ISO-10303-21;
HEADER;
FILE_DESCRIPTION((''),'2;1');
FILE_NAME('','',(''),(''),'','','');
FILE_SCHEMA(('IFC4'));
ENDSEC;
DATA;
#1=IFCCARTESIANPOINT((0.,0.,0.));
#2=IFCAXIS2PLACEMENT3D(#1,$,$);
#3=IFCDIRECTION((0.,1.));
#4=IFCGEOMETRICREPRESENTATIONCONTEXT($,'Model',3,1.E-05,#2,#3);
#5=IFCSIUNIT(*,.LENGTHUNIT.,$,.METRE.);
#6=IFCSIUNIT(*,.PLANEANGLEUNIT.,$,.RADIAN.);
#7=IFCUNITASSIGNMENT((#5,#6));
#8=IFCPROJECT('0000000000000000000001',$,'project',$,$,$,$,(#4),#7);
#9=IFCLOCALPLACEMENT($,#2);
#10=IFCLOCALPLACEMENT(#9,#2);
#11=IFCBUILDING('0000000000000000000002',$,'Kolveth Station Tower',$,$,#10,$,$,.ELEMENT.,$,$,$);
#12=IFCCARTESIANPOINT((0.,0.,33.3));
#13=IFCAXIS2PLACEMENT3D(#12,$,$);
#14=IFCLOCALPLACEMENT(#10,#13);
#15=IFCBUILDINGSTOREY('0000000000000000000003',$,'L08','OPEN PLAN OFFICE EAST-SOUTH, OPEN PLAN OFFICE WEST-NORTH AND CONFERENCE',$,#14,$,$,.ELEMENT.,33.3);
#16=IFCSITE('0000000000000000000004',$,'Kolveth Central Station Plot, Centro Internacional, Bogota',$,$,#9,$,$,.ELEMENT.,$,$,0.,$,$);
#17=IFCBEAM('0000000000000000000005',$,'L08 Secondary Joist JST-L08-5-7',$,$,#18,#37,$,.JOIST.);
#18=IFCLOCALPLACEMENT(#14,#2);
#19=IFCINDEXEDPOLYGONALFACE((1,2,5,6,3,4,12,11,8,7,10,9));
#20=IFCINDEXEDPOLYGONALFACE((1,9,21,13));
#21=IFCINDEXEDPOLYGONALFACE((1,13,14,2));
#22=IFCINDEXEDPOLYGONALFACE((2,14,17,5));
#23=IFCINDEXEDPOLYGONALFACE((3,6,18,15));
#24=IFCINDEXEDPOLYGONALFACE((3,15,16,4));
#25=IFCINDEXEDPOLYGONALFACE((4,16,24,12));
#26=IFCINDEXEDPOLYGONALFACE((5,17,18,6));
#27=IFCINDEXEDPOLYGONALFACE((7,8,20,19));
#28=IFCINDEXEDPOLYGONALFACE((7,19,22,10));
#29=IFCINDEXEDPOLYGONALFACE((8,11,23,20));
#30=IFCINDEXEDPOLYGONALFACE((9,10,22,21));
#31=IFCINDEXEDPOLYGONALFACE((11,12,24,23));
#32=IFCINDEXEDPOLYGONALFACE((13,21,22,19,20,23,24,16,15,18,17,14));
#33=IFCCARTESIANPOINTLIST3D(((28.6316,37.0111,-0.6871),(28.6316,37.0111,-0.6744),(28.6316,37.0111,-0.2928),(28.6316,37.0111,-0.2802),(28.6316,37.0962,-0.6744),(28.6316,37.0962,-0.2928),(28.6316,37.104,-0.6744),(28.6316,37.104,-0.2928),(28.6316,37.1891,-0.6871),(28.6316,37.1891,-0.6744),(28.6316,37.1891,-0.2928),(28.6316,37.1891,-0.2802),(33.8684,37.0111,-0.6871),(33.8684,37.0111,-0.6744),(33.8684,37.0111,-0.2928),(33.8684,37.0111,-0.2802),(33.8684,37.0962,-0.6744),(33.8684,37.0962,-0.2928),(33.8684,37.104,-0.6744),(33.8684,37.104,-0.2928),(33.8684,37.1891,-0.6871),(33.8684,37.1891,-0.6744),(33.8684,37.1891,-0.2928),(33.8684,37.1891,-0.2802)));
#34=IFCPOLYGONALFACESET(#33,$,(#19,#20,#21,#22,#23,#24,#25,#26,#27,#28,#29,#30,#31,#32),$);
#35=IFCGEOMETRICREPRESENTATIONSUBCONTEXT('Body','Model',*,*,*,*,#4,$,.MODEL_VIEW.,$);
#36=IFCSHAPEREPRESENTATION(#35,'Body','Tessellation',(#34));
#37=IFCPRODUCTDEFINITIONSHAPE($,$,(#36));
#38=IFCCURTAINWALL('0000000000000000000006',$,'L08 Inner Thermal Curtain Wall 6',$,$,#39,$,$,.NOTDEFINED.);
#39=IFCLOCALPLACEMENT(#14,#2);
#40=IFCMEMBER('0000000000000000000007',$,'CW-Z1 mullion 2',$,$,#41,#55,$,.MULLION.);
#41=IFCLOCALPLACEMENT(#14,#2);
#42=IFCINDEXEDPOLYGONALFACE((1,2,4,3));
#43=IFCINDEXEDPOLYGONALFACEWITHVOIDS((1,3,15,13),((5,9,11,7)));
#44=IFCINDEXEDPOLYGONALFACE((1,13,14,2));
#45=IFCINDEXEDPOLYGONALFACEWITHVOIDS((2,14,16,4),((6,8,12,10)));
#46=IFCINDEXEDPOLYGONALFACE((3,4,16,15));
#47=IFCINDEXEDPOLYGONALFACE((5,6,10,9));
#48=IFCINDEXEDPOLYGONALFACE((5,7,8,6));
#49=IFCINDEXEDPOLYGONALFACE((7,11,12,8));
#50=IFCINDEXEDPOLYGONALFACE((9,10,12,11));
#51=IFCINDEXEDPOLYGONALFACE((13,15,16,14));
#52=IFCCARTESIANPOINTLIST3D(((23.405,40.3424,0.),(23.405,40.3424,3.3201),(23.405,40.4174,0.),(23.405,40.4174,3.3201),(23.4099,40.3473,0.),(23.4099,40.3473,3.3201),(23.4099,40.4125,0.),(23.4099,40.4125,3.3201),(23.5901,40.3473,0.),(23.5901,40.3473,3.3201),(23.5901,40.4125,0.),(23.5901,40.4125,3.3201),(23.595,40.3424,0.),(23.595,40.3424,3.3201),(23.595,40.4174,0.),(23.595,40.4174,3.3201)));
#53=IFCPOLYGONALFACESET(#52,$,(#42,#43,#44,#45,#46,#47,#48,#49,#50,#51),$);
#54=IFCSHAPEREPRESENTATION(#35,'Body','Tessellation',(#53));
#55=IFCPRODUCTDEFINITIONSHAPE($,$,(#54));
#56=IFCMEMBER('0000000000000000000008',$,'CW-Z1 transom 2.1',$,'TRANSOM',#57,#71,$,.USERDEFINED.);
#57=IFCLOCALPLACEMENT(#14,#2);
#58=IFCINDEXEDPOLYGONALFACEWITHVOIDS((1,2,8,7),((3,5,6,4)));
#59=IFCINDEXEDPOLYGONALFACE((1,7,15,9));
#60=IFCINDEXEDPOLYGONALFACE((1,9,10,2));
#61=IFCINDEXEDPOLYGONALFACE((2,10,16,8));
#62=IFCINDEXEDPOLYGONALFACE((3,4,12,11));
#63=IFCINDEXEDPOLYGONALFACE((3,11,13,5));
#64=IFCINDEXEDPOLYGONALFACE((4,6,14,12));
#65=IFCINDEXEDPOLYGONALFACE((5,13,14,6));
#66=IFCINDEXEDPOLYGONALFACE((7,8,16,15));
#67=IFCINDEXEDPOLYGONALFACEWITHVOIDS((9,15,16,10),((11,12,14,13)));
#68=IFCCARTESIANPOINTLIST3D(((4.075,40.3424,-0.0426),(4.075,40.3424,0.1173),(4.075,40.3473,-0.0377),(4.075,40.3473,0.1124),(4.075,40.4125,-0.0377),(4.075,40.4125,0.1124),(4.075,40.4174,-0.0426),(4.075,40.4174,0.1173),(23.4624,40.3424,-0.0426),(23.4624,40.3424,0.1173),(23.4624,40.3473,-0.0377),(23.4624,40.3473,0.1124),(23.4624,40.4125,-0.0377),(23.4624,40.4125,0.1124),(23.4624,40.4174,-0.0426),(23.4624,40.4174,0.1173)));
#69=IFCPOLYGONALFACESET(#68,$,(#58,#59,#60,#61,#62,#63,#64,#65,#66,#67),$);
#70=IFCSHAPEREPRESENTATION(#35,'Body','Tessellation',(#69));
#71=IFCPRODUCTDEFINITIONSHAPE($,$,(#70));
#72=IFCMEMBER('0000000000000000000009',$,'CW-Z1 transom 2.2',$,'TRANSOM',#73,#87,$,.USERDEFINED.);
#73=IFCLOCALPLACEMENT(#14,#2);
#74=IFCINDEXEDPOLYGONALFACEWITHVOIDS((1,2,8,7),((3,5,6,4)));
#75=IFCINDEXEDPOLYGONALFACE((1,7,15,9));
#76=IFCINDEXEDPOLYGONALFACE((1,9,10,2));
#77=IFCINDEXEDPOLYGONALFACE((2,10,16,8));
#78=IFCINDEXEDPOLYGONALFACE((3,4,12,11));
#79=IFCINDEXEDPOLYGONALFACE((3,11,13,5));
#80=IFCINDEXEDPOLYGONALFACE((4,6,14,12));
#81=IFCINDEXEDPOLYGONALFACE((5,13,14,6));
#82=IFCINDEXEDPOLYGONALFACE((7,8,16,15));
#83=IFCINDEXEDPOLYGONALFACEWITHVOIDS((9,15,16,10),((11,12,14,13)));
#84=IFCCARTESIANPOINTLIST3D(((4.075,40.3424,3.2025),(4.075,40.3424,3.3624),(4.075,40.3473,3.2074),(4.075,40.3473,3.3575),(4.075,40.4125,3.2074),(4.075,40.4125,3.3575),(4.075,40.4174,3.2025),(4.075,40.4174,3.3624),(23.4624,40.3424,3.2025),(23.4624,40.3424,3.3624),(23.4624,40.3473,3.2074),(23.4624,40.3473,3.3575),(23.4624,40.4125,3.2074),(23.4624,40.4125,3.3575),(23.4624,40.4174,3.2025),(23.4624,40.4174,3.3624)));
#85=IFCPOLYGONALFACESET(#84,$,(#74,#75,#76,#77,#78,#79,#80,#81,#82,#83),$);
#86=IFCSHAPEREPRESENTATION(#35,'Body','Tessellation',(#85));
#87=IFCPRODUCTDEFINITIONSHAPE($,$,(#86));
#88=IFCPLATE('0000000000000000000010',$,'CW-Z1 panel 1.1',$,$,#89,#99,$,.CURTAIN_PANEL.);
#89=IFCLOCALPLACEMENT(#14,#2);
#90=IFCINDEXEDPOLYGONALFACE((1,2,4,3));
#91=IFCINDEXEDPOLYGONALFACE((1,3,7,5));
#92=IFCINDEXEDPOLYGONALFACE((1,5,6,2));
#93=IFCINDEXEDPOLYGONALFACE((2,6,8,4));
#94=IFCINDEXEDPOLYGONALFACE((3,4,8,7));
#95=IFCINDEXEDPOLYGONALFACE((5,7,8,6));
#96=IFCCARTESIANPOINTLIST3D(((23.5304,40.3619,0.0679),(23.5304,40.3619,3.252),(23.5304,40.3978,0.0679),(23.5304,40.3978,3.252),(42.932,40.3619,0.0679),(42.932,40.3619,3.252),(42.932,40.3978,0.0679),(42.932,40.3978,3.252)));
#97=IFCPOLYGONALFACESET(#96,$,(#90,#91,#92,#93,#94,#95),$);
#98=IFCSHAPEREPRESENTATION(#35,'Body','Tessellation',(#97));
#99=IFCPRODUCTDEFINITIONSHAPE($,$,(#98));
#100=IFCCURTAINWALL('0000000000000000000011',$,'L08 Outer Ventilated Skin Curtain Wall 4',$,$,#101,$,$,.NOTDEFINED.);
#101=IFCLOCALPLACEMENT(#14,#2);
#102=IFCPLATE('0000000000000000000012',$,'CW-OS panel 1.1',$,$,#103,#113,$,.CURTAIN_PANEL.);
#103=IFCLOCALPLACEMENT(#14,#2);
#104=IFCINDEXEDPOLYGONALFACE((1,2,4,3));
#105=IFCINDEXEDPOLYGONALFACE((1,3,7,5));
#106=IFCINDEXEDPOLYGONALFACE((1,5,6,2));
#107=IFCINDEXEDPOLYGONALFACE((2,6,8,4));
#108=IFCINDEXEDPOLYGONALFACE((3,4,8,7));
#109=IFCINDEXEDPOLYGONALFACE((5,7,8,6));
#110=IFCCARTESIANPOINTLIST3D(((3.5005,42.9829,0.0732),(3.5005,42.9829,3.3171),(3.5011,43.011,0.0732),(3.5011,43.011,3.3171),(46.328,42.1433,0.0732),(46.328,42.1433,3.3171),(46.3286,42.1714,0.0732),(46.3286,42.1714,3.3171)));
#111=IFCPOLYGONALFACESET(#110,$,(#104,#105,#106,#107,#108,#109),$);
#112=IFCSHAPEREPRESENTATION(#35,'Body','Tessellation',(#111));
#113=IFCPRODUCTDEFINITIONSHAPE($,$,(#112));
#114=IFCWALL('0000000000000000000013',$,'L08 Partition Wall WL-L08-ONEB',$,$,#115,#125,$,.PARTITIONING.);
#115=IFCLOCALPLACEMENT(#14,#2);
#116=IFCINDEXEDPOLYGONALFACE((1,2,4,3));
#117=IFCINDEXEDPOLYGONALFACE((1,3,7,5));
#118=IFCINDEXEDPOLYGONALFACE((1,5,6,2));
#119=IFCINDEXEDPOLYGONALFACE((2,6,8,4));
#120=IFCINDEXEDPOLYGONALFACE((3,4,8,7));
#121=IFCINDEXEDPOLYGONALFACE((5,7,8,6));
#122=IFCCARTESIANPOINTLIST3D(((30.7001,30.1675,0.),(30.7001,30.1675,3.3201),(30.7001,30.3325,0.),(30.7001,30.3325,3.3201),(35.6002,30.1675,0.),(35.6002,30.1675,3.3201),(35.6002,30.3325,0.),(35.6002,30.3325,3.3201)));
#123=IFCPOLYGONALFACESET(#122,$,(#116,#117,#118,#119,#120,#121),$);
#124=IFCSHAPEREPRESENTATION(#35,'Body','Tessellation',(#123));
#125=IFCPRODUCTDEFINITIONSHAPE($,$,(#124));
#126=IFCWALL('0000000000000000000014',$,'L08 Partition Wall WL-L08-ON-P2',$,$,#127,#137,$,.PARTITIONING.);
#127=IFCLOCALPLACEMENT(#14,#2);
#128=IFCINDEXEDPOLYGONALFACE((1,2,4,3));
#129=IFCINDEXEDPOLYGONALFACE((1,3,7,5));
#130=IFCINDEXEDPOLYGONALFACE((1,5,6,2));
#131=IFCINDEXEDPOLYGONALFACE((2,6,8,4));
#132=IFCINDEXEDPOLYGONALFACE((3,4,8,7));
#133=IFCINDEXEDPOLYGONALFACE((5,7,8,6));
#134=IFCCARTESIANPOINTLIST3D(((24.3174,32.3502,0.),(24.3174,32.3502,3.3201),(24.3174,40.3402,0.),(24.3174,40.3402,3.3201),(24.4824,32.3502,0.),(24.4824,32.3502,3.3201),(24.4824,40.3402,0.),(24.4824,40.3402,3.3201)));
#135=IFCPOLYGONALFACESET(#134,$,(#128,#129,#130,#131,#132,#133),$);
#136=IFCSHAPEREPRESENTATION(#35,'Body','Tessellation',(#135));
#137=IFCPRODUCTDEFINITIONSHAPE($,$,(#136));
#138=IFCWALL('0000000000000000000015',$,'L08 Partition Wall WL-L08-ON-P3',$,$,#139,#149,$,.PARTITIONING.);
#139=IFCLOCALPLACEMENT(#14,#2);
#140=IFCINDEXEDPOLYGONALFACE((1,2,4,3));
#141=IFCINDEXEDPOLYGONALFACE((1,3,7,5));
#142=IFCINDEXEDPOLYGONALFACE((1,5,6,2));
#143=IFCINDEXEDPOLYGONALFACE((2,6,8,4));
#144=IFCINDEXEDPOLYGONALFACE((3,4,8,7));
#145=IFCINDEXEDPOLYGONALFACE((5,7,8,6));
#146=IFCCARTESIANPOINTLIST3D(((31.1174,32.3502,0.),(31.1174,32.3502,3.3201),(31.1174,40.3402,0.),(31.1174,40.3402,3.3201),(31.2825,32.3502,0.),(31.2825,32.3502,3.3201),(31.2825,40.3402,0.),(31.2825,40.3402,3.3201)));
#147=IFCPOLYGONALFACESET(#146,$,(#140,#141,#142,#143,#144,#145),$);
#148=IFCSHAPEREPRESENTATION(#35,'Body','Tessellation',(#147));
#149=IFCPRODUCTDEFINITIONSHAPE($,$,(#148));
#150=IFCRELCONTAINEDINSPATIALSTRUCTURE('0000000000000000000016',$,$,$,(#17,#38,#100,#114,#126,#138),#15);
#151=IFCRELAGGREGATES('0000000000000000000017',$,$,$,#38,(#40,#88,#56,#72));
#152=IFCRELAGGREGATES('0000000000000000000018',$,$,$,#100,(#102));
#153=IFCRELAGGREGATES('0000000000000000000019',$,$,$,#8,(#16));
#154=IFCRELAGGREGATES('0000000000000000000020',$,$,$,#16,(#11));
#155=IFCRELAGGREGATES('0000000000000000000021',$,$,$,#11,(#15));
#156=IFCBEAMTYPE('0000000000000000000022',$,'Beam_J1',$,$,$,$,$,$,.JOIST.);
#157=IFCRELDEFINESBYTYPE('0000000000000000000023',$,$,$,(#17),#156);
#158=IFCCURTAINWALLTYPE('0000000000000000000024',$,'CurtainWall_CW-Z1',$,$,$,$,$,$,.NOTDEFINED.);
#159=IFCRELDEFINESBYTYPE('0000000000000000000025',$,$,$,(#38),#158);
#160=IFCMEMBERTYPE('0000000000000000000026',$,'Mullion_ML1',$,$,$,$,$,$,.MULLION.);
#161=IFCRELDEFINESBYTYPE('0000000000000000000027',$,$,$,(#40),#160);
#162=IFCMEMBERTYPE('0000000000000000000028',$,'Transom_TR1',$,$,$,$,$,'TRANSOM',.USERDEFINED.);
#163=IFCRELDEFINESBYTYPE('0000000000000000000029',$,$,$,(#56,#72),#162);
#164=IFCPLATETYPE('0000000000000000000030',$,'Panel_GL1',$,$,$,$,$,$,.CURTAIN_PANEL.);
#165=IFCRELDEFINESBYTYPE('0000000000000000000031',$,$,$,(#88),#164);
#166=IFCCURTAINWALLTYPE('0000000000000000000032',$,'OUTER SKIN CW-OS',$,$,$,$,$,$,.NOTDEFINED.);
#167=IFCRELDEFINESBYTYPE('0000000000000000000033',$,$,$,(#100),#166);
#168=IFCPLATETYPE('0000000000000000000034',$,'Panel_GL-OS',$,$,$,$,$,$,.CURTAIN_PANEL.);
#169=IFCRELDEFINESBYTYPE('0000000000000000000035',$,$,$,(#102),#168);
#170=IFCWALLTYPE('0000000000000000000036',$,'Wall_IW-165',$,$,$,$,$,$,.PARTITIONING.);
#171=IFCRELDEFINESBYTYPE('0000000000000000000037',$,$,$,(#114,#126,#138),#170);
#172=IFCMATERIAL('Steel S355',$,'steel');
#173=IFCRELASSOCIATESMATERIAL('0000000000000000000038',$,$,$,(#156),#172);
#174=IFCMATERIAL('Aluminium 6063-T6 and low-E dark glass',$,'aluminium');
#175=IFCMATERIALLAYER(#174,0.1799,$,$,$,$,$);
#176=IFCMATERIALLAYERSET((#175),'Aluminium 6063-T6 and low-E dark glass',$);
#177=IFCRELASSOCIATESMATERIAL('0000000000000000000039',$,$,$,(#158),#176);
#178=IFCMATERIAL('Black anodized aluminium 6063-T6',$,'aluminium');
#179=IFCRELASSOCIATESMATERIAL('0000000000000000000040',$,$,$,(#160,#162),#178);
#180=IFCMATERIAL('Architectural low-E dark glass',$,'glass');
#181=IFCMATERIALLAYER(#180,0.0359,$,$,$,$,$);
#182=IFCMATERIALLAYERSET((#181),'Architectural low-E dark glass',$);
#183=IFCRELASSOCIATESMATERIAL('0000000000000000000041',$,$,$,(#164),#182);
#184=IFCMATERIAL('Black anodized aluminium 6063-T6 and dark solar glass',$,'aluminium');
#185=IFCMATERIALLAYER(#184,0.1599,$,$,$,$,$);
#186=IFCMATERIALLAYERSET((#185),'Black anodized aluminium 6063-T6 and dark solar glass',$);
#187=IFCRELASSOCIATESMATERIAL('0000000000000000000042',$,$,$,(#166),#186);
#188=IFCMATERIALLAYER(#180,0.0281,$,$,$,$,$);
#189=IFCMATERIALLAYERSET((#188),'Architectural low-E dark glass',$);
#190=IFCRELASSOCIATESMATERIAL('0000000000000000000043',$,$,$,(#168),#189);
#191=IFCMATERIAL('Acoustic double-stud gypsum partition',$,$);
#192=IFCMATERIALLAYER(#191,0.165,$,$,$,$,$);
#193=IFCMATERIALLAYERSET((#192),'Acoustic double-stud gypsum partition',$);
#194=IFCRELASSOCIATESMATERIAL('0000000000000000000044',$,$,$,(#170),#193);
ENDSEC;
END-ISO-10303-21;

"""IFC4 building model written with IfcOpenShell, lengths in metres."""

from ifc_helpers import new_model, si_unit, direction, frame, frame_2d, origin, origin_2d, place, context, subcontext, project, spatial, rectangle, hollow_rectangle, i_section, extrude, source, transform, mapped, material, layer, layer_set, material_profile, profile_set, type_object, element, aggregate, save


model = new_model("IFC4")

# Units and contexts
model_context = context("Model", 3, precision=1e-05, world=origin(), true_north=direction((0.0, 1.0)))
body_context = subcontext(model_context, "Body", "Model", "MODEL_VIEW")
ifc_project = project(units=[si_unit("LENGTHUNIT", "METRE"), si_unit("PLANEANGLEUNIT", "RADIAN")], contexts=[model_context])

# Site, building, storey
site_placement = place(None, origin())
site = spatial("IfcSite", under=ifc_project, at=site_placement, Name="Kolveth Central Station Plot, Centro Internacional, Bogota", CompositionType="ELEMENT", RefElevation=0.0)
building_placement = place(site_placement, origin())
building = spatial("IfcBuilding", under=site, at=building_placement, Name="Kolveth Station Tower", CompositionType="ELEMENT")
storey_placement = place(building_placement, frame((0.0, 0.0, 33.3)))
storey = spatial("IfcBuildingStorey", under=building, at=storey_placement, Name="L08", Description="OPEN PLAN OFFICE EAST-SOUTH, OPEN PLAN OFFICE WEST-NORTH AND CONFERENCE", CompositionType="ELEMENT", Elevation=33.3)

# Shared definitions
ifc_material_1 = material(Name="Steel S355", Category="steel")

# Beam
ifc_material_profile_1 = material_profile(ifc_material_1, i_section(OverallWidth=0.178, OverallDepth=0.407, WebThickness=0.0078, FlangeThickness=0.0127, at=origin_2d()), Name="W410x60")
ifc_profile_set_1 = profile_set([ifc_material_profile_1], Name="Steel S355")
beam_type_1 = type_object("IfcBeamType", Name="Beam_J1", PredefinedType="JOIST", material=ifc_profile_set_1)
shared_shape_1 = source(origin(), body_context, "Body", "SweptSolid", [
    extrude(i_section(OverallWidth=0.178, OverallDepth=0.407, WebThickness=0.0078, FlangeThickness=0.0127, at=origin_2d()), origin(), (0.0, 0.0, 1.0), 5.2368),
])
for number, where, z_axis, x_axis, name in (
    (1, (28.6316, 37.1001, -0.4836), (1.0, 0.0, 0.0), (0.0, 1.0, 0.0), "L08 Secondary Joist JST-L08-5-7"),
):
    element("IfcBeam", number, at=place(storey_placement, frame(where, z_axis=z_axis, x_axis=x_axis)), inside=storey, type_object=beam_type_1, Name=name, PredefinedType="JOIST", context=body_context, shape_type="MappedRepresentation", body=[
        mapped(shared_shape_1, transform((0.0, 0.0, 0.0), x_axis=(1.0, 0.0, 0.0), y_axis=(0.0, 1.0, 0.0), z_axis=(0.0, 0.0, 1.0), scale=1.0)),
    ])

# Curtain wall, members, plate
ifc_material_2 = material(Name="Aluminium 6063-T6 and low-E dark glass", Category="aluminium")
ifc_layer_1 = layer(ifc_material_2, 0.1799)
ifc_layer_set_1 = layer_set([ifc_layer_1], Name="Aluminium 6063-T6 and low-E dark glass")
curtain_wall_type_1 = type_object("IfcCurtainWallType", Name="CurtainWall_CW-Z1", PredefinedType="NOTDEFINED", material=ifc_layer_set_1)
curtain_wall_1_placement = place(storey_placement, origin())
curtain_wall_1 = element("IfcCurtainWall", 2, at=curtain_wall_1_placement, inside=storey, type_object=curtain_wall_type_1, Name="L08 Inner Thermal Curtain Wall 6", PredefinedType="NOTDEFINED")
ifc_material_3 = material(Name="Black anodized aluminium 6063-T6", Category="aluminium")
ifc_material_profile_2 = material_profile(ifc_material_3, hollow_rectangle(XDim=0.075, YDim=0.1899, WallThickness=0.0049, at=origin_2d()), Name="ALU-75x190x5")
ifc_profile_set_2 = profile_set([ifc_material_profile_2], Name="Black anodized aluminium 6063-T6")
member_type_1 = type_object("IfcMemberType", Name="Mullion_ML1", PredefinedType="MULLION", material=ifc_profile_set_2)
shared_shape_2 = source(origin(), body_context, "Body", "SweptSolid", [
    extrude(hollow_rectangle(XDim=0.075, YDim=0.1899, WallThickness=0.0049, at=origin_2d()), origin(), (0.0, 0.0, 1.0), 3.3201),
])
member_1_placement = place(storey_placement, frame((23.5, 40.3799, 0.0), z_axis=(0.0, 0.0, 1.0), x_axis=(0.0, -1.0, 0.0)))
member_1 = element("IfcMember", 3, at=member_1_placement, type_object=member_type_1, Name="CW-Z1 mullion 2", PredefinedType="MULLION", context=body_context, shape_type="MappedRepresentation", body=[
    mapped(shared_shape_2, transform((0.0, 0.0, 0.0), x_axis=(1.0, 0.0, 0.0), y_axis=(0.0, 1.0, 0.0), z_axis=(0.0, 0.0, 1.0), scale=1.0)),
])
ifc_material_profile_3 = material_profile(ifc_material_3, hollow_rectangle(XDim=0.075, YDim=0.1599, WallThickness=0.0049, at=origin_2d()), Name="ALU-75x160x5")
ifc_profile_set_3 = profile_set([ifc_material_profile_3], Name="Black anodized aluminium 6063-T6")
member_type_2 = type_object("IfcMemberType", Name="Transom_TR1", ElementType="TRANSOM", PredefinedType="USERDEFINED", material=ifc_profile_set_3)
shared_shape_3 = source(origin(), body_context, "Body", "SweptSolid", [
    extrude(hollow_rectangle(XDim=0.075, YDim=0.1599, WallThickness=0.0049, at=origin_2d()), origin(), (0.0, 0.0, 1.0), 19.3875),
])
member_2_placement = place(storey_placement, frame((23.4624, 40.3799, 0.0374), z_axis=(-1.0, 0.0, 0.0), x_axis=(0.0, -1.0, 0.0)))
member_2 = element("IfcMember", 4, at=member_2_placement, type_object=member_type_2, Name="CW-Z1 transom 2.1", ObjectType="TRANSOM", PredefinedType="USERDEFINED", context=body_context, shape_type="MappedRepresentation", body=[
    mapped(shared_shape_3, transform((0.0, 0.0, 0.0), x_axis=(1.0, 0.0, 0.0), y_axis=(0.0, 1.0, 0.0), z_axis=(0.0, 0.0, 1.0), scale=1.0)),
])
member_3_placement = place(storey_placement, frame((23.4624, 40.3799, 3.2825), z_axis=(-1.0, 0.0, 0.0), x_axis=(0.0, -1.0, 0.0)))
member_3 = element("IfcMember", 5, at=member_3_placement, type_object=member_type_2, Name="CW-Z1 transom 2.2", ObjectType="TRANSOM", PredefinedType="USERDEFINED", context=body_context, shape_type="MappedRepresentation", body=[
    mapped(shared_shape_3, transform((0.0, 0.0, 0.0), x_axis=(1.0, 0.0, 0.0), y_axis=(0.0, 1.0, 0.0), z_axis=(0.0, 0.0, 1.0), scale=1.0)),
])
ifc_material_4 = material(Name="Architectural low-E dark glass", Category="glass")
ifc_layer_2 = layer(ifc_material_4, 0.0359)
ifc_layer_set_2 = layer_set([ifc_layer_2], Name="Architectural low-E dark glass")
plate_type_1 = type_object("IfcPlateType", Name="Panel_GL1", PredefinedType="CURTAIN_PANEL", material=ifc_layer_set_2)
shared_shape_4 = source(origin(), body_context, "Body", "SweptSolid", [
    extrude(rectangle(XDim=19.4016, YDim=0.0359, at=origin_2d()), origin(), (0.0, 0.0, 1.0), 3.1841),
])
plate_1_placement = place(storey_placement, frame((33.2312, 40.3799, 0.0679), z_axis=(0.0, 0.0, 1.0), x_axis=(-1.0, 0.0, 0.0)))
plate_1 = element("IfcPlate", 6, at=plate_1_placement, type_object=plate_type_1, Name="CW-Z1 panel 1.1", PredefinedType="CURTAIN_PANEL", context=body_context, shape_type="MappedRepresentation", body=[
    mapped(shared_shape_4, transform((0.0, 0.0, 0.0), x_axis=(1.0, 0.0, 0.0), y_axis=(0.0, 1.0, 0.0), z_axis=(0.0, 0.0, 1.0), scale=1.0)),
])
aggregate(curtain_wall_1, [member_1, plate_1, member_2, member_3])

# Curtain wall, plate
ifc_material_5 = material(Name="Black anodized aluminium 6063-T6 and dark solar glass", Category="aluminium")
ifc_layer_3 = layer(ifc_material_5, 0.1599)
ifc_layer_set_3 = layer_set([ifc_layer_3], Name="Black anodized aluminium 6063-T6 and dark solar glass")
curtain_wall_type_2 = type_object("IfcCurtainWallType", Name="OUTER SKIN CW-OS", PredefinedType="NOTDEFINED", material=ifc_layer_set_3)
curtain_wall_2_placement = place(storey_placement, origin())
curtain_wall_2 = element("IfcCurtainWall", 7, at=curtain_wall_2_placement, inside=storey, type_object=curtain_wall_type_2, Name="L08 Outer Ventilated Skin Curtain Wall 4", PredefinedType="NOTDEFINED")
ifc_layer_4 = layer(ifc_material_4, 0.0281)
ifc_layer_set_4 = layer_set([ifc_layer_4], Name="Architectural low-E dark glass")
plate_type_2 = type_object("IfcPlateType", Name="Panel_GL-OS", PredefinedType="CURTAIN_PANEL", material=ifc_layer_set_4)
shared_shape_5 = source(origin(), body_context, "Body", "SweptSolid", [
    extrude(rectangle(XDim=42.8357, YDim=0.0281, at=origin_2d()), origin(), (0.0, 0.0, 1.0), 3.2439),
])
plate_2_placement = place(storey_placement, frame((24.9146, 42.5771, 0.0732), z_axis=(0.0, 0.0, 1.0), x_axis=(-0.999808, 0.019602, 0.0)))
plate_2 = element("IfcPlate", 8, at=plate_2_placement, type_object=plate_type_2, Name="CW-OS panel 1.1", PredefinedType="CURTAIN_PANEL", context=body_context, shape_type="MappedRepresentation", body=[
    mapped(shared_shape_5, transform((0.0, 0.0, 0.0), x_axis=(1.0, 0.0, 0.0), y_axis=(0.0, 1.0, 0.0), z_axis=(0.0, 0.0, 1.0), scale=1.0)),
])
aggregate(curtain_wall_2, [plate_2])

# Walls
ifc_material_6 = material(Name="Acoustic double-stud gypsum partition")
ifc_layer_5 = layer(ifc_material_6, 0.165)
ifc_layer_set_5 = layer_set([ifc_layer_5], Name="Acoustic double-stud gypsum partition")
wall_type = type_object("IfcWallType", Name="Wall_IW-165", PredefinedType="PARTITIONING", material=ifc_layer_set_5)
wall_placement = place(storey_placement, frame((30.7, 30.25, 0.0), z_axis=(0.0, 0.0, 1.0), x_axis=(1.0, 0.0, 0.0)))
element("IfcWall", 9, at=wall_placement, inside=storey, type_object=wall_type, Name="L08 Partition Wall WL-L08-ONEB", PredefinedType="PARTITIONING", context=body_context, shape_type="SweptSolid", body=[
    extrude(rectangle(XDim=4.9001, YDim=0.165, at=frame_2d((2.4502, 0.0))), origin(), (0.0, 0.0, 1.0), 3.3201),
])
for number, where, z_axis, x_axis, name in (
    (10, (24.3999, 32.3501, 0.0), (0.0, 0.0, 1.0), (0.0, 1.0, 0.0), "L08 Partition Wall WL-L08-ON-P2"),
    (11, (31.2, 32.3501, 0.0), (0.0, 0.0, 1.0), (0.0, 1.0, 0.0), "L08 Partition Wall WL-L08-ON-P3"),
):
    element("IfcWall", number, at=place(storey_placement, frame(where, z_axis=z_axis, x_axis=x_axis)), inside=storey, type_object=wall_type, Name=name, PredefinedType="PARTITIONING", context=body_context, shape_type="SweptSolid", body=[
        extrude(rectangle(XDim=7.99, YDim=0.165, at=frame_2d((3.9951, 0.0))), origin(), (0.0, 0.0, 1.0), 3.3201),
    ])

save(model, "model.ifc")
